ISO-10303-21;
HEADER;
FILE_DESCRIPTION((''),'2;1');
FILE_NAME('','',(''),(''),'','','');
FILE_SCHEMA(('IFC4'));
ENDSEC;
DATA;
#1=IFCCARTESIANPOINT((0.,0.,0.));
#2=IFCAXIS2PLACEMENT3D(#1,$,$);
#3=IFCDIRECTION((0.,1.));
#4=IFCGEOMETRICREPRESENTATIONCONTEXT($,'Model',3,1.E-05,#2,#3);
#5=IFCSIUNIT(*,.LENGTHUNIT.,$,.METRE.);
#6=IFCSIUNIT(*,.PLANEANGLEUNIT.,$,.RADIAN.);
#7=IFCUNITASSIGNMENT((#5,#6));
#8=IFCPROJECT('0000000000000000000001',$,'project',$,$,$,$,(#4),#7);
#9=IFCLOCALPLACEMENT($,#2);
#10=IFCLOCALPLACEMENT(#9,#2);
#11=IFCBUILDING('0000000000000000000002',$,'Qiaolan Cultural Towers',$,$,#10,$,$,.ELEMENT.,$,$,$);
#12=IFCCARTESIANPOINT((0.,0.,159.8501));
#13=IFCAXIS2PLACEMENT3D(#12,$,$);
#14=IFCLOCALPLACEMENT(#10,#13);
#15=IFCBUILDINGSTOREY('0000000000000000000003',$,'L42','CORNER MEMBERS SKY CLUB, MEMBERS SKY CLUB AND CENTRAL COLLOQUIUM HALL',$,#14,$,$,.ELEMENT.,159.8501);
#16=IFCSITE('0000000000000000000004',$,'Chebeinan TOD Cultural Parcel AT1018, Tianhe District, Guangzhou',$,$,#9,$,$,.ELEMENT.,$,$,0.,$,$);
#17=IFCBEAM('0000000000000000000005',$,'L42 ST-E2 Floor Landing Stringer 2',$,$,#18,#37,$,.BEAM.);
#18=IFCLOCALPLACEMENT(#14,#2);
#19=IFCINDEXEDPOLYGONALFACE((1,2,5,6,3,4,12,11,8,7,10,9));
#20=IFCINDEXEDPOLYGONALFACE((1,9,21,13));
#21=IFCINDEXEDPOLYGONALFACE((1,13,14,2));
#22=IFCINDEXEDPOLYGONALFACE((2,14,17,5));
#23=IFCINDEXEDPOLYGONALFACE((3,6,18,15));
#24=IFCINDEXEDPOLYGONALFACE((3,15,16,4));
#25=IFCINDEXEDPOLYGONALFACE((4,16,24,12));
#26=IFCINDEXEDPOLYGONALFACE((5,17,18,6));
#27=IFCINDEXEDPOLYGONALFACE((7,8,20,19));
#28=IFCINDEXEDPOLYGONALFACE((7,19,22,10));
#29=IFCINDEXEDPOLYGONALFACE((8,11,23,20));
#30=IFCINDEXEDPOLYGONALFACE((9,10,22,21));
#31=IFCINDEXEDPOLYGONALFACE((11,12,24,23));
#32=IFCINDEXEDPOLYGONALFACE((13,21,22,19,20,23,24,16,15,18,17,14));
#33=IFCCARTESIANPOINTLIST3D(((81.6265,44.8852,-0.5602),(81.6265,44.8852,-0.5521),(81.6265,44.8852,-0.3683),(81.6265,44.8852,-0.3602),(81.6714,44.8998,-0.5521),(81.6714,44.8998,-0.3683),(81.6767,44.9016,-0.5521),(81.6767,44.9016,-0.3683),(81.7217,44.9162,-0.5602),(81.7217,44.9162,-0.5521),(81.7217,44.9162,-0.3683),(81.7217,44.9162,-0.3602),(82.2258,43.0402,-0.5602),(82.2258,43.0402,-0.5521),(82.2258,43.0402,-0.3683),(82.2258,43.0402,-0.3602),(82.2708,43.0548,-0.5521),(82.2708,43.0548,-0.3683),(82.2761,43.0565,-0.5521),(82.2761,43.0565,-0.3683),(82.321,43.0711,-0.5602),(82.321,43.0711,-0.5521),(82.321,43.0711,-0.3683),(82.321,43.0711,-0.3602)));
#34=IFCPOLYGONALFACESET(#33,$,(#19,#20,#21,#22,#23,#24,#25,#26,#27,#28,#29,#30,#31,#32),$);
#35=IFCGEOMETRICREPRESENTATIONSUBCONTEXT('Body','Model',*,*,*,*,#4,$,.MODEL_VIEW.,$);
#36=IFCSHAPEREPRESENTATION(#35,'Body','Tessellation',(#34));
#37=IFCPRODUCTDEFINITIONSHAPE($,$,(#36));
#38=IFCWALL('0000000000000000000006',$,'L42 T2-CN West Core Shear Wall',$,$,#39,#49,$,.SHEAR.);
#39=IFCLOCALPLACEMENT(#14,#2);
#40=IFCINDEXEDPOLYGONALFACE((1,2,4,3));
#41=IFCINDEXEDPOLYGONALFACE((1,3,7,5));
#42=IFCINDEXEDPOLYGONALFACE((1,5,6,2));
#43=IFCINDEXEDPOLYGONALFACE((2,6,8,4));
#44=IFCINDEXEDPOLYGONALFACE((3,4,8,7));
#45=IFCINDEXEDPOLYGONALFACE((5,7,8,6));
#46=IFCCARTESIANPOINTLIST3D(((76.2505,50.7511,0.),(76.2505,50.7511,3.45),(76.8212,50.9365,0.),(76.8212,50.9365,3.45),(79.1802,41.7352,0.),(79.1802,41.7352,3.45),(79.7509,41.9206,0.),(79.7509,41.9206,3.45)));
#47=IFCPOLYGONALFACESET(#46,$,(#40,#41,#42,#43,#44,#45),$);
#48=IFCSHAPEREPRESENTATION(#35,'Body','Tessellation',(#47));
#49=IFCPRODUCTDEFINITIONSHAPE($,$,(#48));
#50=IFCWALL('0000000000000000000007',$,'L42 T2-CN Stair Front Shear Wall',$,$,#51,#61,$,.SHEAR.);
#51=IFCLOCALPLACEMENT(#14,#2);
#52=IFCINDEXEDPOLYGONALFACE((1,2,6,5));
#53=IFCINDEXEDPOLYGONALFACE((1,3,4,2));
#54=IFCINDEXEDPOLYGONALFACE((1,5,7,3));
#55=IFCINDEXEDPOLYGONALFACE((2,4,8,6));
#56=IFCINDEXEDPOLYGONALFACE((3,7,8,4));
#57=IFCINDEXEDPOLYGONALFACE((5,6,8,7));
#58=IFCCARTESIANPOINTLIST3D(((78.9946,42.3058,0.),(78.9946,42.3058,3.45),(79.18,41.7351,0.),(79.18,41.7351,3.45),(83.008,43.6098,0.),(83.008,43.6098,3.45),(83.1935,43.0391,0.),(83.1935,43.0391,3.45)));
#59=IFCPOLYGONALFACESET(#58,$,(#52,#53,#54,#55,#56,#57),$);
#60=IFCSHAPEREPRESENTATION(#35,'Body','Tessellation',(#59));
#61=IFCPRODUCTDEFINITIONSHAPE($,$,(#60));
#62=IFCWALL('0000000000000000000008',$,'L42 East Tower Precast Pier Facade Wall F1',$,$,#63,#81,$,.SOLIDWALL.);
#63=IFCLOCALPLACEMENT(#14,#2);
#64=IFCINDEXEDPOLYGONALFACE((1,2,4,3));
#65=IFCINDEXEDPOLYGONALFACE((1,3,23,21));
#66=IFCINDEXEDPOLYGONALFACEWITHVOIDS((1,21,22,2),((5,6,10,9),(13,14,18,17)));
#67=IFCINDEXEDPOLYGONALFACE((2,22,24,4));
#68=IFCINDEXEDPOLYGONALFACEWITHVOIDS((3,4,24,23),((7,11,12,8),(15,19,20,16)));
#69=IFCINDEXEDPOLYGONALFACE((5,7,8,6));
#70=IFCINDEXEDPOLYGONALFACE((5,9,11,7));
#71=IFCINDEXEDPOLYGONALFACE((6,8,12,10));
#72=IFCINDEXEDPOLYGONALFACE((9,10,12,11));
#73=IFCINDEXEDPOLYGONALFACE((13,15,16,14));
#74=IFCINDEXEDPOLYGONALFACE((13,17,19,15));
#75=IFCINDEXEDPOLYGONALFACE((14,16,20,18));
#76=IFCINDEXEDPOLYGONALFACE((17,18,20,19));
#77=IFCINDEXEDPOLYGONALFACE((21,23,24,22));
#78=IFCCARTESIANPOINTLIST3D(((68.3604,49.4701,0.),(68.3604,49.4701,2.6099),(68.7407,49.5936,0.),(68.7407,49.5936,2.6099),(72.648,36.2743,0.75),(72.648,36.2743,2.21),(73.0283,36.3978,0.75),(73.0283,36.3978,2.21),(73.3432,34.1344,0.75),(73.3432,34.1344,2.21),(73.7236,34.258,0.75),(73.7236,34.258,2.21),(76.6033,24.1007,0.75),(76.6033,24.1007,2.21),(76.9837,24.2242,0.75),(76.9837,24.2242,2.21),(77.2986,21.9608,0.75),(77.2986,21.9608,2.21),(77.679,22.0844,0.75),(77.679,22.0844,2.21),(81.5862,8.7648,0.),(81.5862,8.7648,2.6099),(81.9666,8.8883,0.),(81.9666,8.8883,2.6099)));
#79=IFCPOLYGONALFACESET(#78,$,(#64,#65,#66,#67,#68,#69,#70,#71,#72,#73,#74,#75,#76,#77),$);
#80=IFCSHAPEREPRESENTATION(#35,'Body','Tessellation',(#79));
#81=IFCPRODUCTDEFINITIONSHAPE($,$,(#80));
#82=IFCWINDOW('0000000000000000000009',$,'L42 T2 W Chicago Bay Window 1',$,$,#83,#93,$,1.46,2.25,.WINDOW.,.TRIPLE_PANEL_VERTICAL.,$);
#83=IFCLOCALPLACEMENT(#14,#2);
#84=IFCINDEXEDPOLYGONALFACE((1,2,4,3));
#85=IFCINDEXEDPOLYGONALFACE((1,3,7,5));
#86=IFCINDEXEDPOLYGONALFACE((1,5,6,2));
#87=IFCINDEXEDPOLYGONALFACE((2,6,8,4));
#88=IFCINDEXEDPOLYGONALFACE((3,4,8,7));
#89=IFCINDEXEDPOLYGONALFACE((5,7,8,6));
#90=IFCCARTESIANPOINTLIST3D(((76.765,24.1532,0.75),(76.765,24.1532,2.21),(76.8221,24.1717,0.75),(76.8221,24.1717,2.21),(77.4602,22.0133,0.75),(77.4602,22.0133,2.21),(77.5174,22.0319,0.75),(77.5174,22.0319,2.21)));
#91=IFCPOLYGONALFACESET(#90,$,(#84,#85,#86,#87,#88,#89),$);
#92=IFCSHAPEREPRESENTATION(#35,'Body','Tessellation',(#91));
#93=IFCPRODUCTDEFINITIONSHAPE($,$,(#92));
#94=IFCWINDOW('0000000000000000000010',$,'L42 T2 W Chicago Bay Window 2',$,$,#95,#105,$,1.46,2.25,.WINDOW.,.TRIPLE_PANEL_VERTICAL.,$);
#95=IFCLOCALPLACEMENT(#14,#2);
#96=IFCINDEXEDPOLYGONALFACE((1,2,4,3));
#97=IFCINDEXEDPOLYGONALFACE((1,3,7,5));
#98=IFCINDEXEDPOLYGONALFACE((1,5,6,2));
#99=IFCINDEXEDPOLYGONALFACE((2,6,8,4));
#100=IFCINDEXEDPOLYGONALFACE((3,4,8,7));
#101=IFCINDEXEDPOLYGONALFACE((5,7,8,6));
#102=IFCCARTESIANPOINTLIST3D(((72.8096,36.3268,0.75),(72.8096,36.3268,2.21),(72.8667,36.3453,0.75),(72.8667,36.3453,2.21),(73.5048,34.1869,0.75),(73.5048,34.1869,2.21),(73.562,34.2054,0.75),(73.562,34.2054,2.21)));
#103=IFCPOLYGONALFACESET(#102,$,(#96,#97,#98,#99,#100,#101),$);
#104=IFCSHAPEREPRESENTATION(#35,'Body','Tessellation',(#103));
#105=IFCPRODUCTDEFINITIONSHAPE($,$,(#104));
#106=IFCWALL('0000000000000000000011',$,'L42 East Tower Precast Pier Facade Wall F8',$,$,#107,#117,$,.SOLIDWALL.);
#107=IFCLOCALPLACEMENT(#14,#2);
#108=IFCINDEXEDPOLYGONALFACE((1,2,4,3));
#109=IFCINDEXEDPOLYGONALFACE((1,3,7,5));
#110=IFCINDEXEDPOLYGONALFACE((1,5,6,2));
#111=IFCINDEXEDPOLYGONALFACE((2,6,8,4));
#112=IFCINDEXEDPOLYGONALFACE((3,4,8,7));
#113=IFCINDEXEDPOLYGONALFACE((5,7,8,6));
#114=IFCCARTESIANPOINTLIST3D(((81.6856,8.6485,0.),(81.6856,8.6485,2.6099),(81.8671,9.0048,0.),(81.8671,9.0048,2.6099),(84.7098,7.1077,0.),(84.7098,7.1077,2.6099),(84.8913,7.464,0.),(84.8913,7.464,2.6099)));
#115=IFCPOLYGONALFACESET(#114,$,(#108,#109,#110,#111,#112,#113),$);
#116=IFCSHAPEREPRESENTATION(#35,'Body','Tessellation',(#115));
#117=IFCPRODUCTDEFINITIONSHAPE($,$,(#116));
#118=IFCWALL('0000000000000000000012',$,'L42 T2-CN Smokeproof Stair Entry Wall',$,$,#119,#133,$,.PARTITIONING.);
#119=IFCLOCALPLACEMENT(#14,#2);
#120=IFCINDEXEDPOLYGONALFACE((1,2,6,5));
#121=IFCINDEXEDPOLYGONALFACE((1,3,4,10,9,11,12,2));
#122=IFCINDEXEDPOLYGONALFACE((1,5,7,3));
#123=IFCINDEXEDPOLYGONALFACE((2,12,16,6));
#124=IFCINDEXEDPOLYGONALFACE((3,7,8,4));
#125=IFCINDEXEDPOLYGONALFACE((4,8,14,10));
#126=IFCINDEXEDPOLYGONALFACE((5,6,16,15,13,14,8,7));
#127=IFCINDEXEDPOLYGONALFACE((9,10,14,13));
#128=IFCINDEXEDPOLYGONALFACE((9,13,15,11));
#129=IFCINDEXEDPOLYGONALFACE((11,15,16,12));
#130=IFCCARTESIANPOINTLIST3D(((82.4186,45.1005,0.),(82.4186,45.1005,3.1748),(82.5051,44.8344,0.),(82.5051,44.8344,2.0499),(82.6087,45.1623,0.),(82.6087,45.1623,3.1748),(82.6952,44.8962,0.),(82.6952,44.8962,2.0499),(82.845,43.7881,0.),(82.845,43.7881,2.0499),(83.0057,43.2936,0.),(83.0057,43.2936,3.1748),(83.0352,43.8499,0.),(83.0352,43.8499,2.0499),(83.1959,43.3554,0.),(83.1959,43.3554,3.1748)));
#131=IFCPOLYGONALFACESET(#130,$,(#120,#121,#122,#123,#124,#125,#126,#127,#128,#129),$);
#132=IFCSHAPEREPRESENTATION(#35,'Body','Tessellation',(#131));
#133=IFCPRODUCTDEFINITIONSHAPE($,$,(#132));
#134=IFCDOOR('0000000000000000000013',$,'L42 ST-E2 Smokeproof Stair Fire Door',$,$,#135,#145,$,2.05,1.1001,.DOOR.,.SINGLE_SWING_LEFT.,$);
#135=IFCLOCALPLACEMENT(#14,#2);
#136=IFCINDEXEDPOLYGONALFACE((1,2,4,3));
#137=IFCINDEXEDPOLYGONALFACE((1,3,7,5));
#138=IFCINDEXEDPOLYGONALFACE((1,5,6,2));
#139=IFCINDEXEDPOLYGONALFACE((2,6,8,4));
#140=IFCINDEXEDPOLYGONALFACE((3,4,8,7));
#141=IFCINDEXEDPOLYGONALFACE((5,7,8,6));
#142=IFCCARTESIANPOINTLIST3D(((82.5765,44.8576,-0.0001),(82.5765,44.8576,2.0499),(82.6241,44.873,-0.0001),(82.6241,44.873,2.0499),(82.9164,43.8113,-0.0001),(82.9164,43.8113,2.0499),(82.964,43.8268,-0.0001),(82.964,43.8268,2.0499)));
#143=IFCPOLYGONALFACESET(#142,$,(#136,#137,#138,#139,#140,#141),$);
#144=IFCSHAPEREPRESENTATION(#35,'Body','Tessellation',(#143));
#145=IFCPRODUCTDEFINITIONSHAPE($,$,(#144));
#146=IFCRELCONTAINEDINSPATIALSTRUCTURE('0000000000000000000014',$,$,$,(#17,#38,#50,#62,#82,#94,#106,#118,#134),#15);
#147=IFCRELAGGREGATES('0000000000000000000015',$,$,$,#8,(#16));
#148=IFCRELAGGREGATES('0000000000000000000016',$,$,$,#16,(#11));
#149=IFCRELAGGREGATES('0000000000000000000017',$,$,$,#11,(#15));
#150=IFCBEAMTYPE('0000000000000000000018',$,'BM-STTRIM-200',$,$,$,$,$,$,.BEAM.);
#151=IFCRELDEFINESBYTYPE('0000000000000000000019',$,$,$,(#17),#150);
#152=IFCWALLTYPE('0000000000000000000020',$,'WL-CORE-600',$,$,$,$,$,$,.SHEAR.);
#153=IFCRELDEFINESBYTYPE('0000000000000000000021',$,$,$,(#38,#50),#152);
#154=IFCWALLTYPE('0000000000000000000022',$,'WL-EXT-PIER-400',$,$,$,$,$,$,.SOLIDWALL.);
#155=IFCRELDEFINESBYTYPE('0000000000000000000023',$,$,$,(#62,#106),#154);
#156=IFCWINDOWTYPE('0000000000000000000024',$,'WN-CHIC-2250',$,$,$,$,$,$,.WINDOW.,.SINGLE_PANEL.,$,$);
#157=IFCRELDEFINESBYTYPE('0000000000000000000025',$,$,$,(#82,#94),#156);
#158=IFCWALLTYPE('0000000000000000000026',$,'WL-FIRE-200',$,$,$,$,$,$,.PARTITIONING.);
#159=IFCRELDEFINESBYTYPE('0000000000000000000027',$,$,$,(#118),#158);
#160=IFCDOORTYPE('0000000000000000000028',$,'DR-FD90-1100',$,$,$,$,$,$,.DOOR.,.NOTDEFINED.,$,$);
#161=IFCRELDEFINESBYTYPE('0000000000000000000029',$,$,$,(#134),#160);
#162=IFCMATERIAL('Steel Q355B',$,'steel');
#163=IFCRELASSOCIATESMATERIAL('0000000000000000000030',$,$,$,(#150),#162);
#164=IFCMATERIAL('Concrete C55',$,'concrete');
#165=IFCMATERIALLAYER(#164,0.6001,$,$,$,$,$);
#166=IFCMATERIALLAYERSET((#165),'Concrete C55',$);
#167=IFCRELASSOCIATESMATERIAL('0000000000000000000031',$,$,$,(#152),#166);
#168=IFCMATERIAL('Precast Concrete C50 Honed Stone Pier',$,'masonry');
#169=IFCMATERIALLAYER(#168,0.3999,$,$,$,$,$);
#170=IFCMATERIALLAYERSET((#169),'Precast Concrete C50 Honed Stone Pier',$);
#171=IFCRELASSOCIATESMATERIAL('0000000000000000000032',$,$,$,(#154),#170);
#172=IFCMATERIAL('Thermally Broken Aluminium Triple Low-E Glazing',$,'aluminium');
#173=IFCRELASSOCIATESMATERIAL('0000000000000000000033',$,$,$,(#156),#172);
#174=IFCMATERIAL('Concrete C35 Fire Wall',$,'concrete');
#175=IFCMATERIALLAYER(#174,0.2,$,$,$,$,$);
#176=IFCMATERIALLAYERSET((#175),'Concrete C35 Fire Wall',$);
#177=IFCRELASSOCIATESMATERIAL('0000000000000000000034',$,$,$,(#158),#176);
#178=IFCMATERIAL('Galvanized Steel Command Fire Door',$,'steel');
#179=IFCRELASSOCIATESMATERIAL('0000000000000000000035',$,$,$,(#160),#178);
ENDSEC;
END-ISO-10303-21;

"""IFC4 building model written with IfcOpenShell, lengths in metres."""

from ifc_helpers import new_model, si_unit, direction, frame, frame_2d, origin, origin_2d, place, context, subcontext, project, spatial, rectangle, i_section, extrude, material, layer, layer_set, material_profile, profile_set, type_object, element, fill, save


model = new_model("IFC4")

# Units and contexts
model_context = context("Model", 3, precision=1e-05, world=origin(), true_north=direction((0.0, 1.0)))
body_context = subcontext(model_context, "Body", "Model", "MODEL_VIEW")
ifc_project = project(units=[si_unit("LENGTHUNIT", "METRE"), si_unit("PLANEANGLEUNIT", "RADIAN")], contexts=[model_context])

# Site, building, storey
site_placement = place(None, origin())
site = spatial("IfcSite", under=ifc_project, at=site_placement, Name="Chebeinan TOD Cultural Parcel AT1018, Tianhe District, Guangzhou", CompositionType="ELEMENT", RefElevation=0.0)
building_placement = place(site_placement, origin())
building = spatial("IfcBuilding", under=site, at=building_placement, Name="Qiaolan Cultural Towers", CompositionType="ELEMENT")
storey_placement = place(building_placement, frame((0.0, 0.0, 159.8501)))
storey = spatial("IfcBuildingStorey", under=building, at=storey_placement, Name="L42", Description="CORNER MEMBERS SKY CLUB, MEMBERS SKY CLUB AND CENTRAL COLLOQUIUM HALL", CompositionType="ELEMENT", Elevation=159.8501)

# Beam
ifc_material_1 = material(Name="Steel Q355B", Category="steel")
ifc_material_profile_1 = material_profile(ifc_material_1, i_section(OverallWidth=0.1001, OverallDepth=0.2, WebThickness=0.0056, FlangeThickness=0.0081, at=origin_2d()), Name="HN200x100x5.5x8")
ifc_profile_set_1 = profile_set([ifc_material_profile_1], Name="Steel Q355B")
beam_type_1 = type_object("IfcBeamType", Name="BM-STTRIM-200", PredefinedType="BEAM", material=ifc_profile_set_1)
for number, where, z_axis, x_axis, name in (
    (1, (82.2734, 43.0557, -0.4602), (-0.308969, 0.951072, 0.0), (-0.951072, -0.308969, 0.0), "L42 ST-E2 Floor Landing Stringer 2"),
):
    element("IfcBeam", number, at=place(storey_placement, frame(where, z_axis=z_axis, x_axis=x_axis)), inside=storey, type_object=beam_type_1, Name=name, PredefinedType="BEAM", context=body_context, shape_type="SweptSolid", body=[
        extrude(i_section(OverallWidth=0.1001, OverallDepth=0.2, WebThickness=0.0056, FlangeThickness=0.0081, at=origin_2d()), origin(), (0.0, 0.0, 1.0), 1.9399),
    ])

# Walls
ifc_material_2 = material(Name="Concrete C55", Category="concrete")
ifc_layer_1 = layer(ifc_material_2, 0.6001)
ifc_layer_set_1 = layer_set([ifc_layer_1], Name="Concrete C55")
wall_type_1 = type_object("IfcWallType", Name="WL-CORE-600", PredefinedType="SHEAR", material=ifc_layer_set_1)
wall_1_placement = place(storey_placement, frame((79.4656, 41.8279, 0.0), z_axis=(0.0, 0.0, 1.0), x_axis=(-0.309041, 0.951049, 0.0)))
element("IfcWall", 2, at=wall_1_placement, inside=storey, type_object=wall_type_1, Name="L42 T2-CN West Core Shear Wall", PredefinedType="SHEAR", context=body_context, shape_type="SweptSolid", body=[
    extrude(rectangle(XDim=9.48, YDim=0.6001, at=frame_2d((4.74, 0.0))), origin(), (0.0, 0.0, 1.0), 3.45),
])
wall_2_placement = place(storey_placement, frame((79.0874, 42.0205, 0.0), z_axis=(0.0, 0.0, 1.0), x_axis=(0.951063, 0.308998, 0.0)))
element("IfcWall", 3, at=wall_2_placement, inside=storey, type_object=wall_type_1, Name="L42 T2-CN Stair Front Shear Wall", PredefinedType="SHEAR", context=body_context, shape_type="SweptSolid", body=[
    extrude(rectangle(XDim=4.22, YDim=0.6001, at=frame_2d((2.1099, 0.0))), origin(), (0.0, 0.0, 1.0), 3.45),
])

# Wall, openings, windows
ifc_material_3 = material(Name="Precast Concrete C50 Honed Stone Pier", Category="masonry")
ifc_layer_2 = layer(ifc_material_3, 0.3999)
ifc_layer_set_2 = layer_set([ifc_layer_2], Name="Precast Concrete C50 Honed Stone Pier")
wall_type_2 = type_object("IfcWallType", Name="WL-EXT-PIER-400", PredefinedType="SOLIDWALL", material=ifc_layer_set_2)
wall_3_placement = place(storey_placement, frame((81.7764, 8.8267, 0.0), z_axis=(0.0, 0.0, 1.0), x_axis=(-0.309014, 0.951057, 0.0)))
wall_3 = element("IfcWall", 4, at=wall_3_placement, inside=storey, type_object=wall_type_2, Name="L42 East Tower Precast Pier Facade Wall F1", PredefinedType="SOLIDWALL", context=body_context, shape_type="SweptSolid", body=[
    extrude(rectangle(XDim=42.8, YDim=0.3999, at=frame_2d((21.3999, 0.0))), origin(), (0.0, 0.0, 1.0), 2.6099),
])
opening_1_placement = place(wall_3_placement, frame((13.875, 0.0, 0.75)))
opening_1 = element("IfcOpeningElement", 5, at=opening_1_placement, cuts=wall_3, PredefinedType="OPENING", context=body_context, shape_type="SweptSolid", body=[
    extrude(rectangle(XDim=2.25, YDim=1.46, at=frame_2d((1.125, 0.73))), frame((0.0, 0.21, 0.0), z_axis=(0.0, -1.0, 0.0), x_axis=(1.0, 0.0, 0.0)), (0.0, 0.0, 1.0), 0.4199),
])
opening_2_placement = place(wall_3_placement, frame((26.675, 0.0, 0.75)))
opening_2 = element("IfcOpeningElement", 6, at=opening_2_placement, cuts=wall_3, PredefinedType="OPENING", context=body_context, shape_type="SweptSolid", body=[
    extrude(rectangle(XDim=2.25, YDim=1.46, at=frame_2d((1.125, 0.73))), frame((0.0, 0.21, 0.0), z_axis=(0.0, -1.0, 0.0), x_axis=(1.0, 0.0, 0.0)), (0.0, 0.0, 1.0), 0.4199),
])
ifc_material_4 = material(Name="Thermally Broken Aluminium Triple Low-E Glazing", Category="aluminium")
window_type = type_object("IfcWindowType", Name="WN-CHIC-2250", PartitioningType="SINGLE_PANEL", PredefinedType="WINDOW", material=ifc_material_4)
window_1_placement = place(opening_1_placement, origin())
window_1 = element("IfcWindow", 7, at=window_1_placement, inside=storey, type_object=window_type, Name="L42 T2 W Chicago Bay Window 1", OverallHeight=1.46, OverallWidth=2.25, PartitioningType="TRIPLE_PANEL_VERTICAL", PredefinedType="WINDOW", context=body_context, shape_type="SweptSolid", body=[
    extrude(rectangle(XDim=2.25, YDim=1.46, at=frame_2d((1.125, 0.73))), frame((0.0, 0.03, 0.0), z_axis=(0.0, -1.0, 0.0), x_axis=(1.0, 0.0, 0.0)), (0.0, 0.0, 1.0), 0.0601),
])
fill(opening_1, window_1)
window_2_placement = place(opening_2_placement, origin())
window_2 = element("IfcWindow", 8, at=window_2_placement, inside=storey, type_object=window_type, Name="L42 T2 W Chicago Bay Window 2", OverallHeight=1.46, OverallWidth=2.25, PartitioningType="TRIPLE_PANEL_VERTICAL", PredefinedType="WINDOW", context=body_context, shape_type="SweptSolid", body=[
    extrude(rectangle(XDim=2.25, YDim=1.46, at=frame_2d((1.125, 0.73))), frame((0.0, 0.03, 0.0), z_axis=(0.0, -1.0, 0.0), x_axis=(1.0, 0.0, 0.0)), (0.0, 0.0, 1.0), 0.0601),
])
fill(opening_2, window_2)

# Wall
wall_4_placement = place(storey_placement, frame((84.8005, 7.2859, 0.0), z_axis=(0.0, 0.0, 1.0), x_axis=(-0.891021, 0.453962, 0.0)))
element("IfcWall", 9, at=wall_4_placement, inside=storey, type_object=wall_type_2, Name="L42 East Tower Precast Pier Facade Wall F8", PredefinedType="SOLIDWALL", context=body_context, shape_type="SweptSolid", body=[
    extrude(rectangle(XDim=3.394, YDim=0.3999, at=frame_2d((1.697, 0.0))), origin(), (0.0, 0.0, 1.0), 2.6099),
])

# Wall, opening, door
ifc_material_5 = material(Name="Concrete C35 Fire Wall", Category="concrete")
ifc_layer_3 = layer(ifc_material_5, 0.2)
ifc_layer_set_3 = layer_set([ifc_layer_3], Name="Concrete C35 Fire Wall")
wall_type_3 = type_object("IfcWallType", Name="WL-FIRE-200", PredefinedType="PARTITIONING", material=ifc_layer_set_3)
wall_5_placement = place(storey_placement, frame((83.1008, 43.3245, 0.0), z_axis=(0.0, 0.0, 1.0), x_axis=(-0.309048, 0.951046, 0.0)))
wall_5 = element("IfcWall", 10, at=wall_5_placement, inside=storey, type_object=wall_type_3, Name="L42 T2-CN Smokeproof Stair Entry Wall", PredefinedType="PARTITIONING", context=body_context, shape_type="SweptSolid", body=[
    extrude(rectangle(XDim=1.8999, YDim=0.2, at=frame_2d((0.95, 0.0))), origin(), (0.0, 0.0, 1.0), 3.1748),
])
opening_3_placement = place(wall_5_placement, frame((0.52, 0.0, 0.0)))
opening_3 = element("IfcOpeningElement", 11, at=opening_3_placement, cuts=wall_5, PredefinedType="OPENING", context=body_context, shape_type="SweptSolid", body=[
    extrude(rectangle(XDim=1.1001, YDim=2.05, at=frame_2d((0.55, 1.0249))), frame((0.0, 0.1099, 0.0), z_axis=(0.0, -1.0, 0.0), x_axis=(1.0, 0.0, 0.0)), (0.0, 0.0, 1.0), 0.22),
])
ifc_material_6 = material(Name="Galvanized Steel Command Fire Door", Category="steel")
door_type_1 = type_object("IfcDoorType", Name="DR-FD90-1100", OperationType="NOTDEFINED", PredefinedType="DOOR", material=ifc_material_6)
door_1_placement = place(opening_3_placement, origin())
door_1 = element("IfcDoor", 12, at=door_1_placement, inside=storey, type_object=door_type_1, Name="L42 ST-E2 Smokeproof Stair Fire Door", OperationType="SINGLE_SWING_LEFT", OverallHeight=2.05, OverallWidth=1.1001, PredefinedType="DOOR", context=body_context, shape_type="SweptSolid", body=[
    extrude(rectangle(XDim=1.1001, YDim=2.05, at=frame_2d((0.55, 1.0249))), frame((0.0, 0.0249, 0.0), z_axis=(0.0, -1.0, 0.0), x_axis=(1.0, 0.0, 0.0)), (0.0, 0.0, 1.0), 0.05),
])
fill(opening_3, door_1)

save(model, "model.ifc")
